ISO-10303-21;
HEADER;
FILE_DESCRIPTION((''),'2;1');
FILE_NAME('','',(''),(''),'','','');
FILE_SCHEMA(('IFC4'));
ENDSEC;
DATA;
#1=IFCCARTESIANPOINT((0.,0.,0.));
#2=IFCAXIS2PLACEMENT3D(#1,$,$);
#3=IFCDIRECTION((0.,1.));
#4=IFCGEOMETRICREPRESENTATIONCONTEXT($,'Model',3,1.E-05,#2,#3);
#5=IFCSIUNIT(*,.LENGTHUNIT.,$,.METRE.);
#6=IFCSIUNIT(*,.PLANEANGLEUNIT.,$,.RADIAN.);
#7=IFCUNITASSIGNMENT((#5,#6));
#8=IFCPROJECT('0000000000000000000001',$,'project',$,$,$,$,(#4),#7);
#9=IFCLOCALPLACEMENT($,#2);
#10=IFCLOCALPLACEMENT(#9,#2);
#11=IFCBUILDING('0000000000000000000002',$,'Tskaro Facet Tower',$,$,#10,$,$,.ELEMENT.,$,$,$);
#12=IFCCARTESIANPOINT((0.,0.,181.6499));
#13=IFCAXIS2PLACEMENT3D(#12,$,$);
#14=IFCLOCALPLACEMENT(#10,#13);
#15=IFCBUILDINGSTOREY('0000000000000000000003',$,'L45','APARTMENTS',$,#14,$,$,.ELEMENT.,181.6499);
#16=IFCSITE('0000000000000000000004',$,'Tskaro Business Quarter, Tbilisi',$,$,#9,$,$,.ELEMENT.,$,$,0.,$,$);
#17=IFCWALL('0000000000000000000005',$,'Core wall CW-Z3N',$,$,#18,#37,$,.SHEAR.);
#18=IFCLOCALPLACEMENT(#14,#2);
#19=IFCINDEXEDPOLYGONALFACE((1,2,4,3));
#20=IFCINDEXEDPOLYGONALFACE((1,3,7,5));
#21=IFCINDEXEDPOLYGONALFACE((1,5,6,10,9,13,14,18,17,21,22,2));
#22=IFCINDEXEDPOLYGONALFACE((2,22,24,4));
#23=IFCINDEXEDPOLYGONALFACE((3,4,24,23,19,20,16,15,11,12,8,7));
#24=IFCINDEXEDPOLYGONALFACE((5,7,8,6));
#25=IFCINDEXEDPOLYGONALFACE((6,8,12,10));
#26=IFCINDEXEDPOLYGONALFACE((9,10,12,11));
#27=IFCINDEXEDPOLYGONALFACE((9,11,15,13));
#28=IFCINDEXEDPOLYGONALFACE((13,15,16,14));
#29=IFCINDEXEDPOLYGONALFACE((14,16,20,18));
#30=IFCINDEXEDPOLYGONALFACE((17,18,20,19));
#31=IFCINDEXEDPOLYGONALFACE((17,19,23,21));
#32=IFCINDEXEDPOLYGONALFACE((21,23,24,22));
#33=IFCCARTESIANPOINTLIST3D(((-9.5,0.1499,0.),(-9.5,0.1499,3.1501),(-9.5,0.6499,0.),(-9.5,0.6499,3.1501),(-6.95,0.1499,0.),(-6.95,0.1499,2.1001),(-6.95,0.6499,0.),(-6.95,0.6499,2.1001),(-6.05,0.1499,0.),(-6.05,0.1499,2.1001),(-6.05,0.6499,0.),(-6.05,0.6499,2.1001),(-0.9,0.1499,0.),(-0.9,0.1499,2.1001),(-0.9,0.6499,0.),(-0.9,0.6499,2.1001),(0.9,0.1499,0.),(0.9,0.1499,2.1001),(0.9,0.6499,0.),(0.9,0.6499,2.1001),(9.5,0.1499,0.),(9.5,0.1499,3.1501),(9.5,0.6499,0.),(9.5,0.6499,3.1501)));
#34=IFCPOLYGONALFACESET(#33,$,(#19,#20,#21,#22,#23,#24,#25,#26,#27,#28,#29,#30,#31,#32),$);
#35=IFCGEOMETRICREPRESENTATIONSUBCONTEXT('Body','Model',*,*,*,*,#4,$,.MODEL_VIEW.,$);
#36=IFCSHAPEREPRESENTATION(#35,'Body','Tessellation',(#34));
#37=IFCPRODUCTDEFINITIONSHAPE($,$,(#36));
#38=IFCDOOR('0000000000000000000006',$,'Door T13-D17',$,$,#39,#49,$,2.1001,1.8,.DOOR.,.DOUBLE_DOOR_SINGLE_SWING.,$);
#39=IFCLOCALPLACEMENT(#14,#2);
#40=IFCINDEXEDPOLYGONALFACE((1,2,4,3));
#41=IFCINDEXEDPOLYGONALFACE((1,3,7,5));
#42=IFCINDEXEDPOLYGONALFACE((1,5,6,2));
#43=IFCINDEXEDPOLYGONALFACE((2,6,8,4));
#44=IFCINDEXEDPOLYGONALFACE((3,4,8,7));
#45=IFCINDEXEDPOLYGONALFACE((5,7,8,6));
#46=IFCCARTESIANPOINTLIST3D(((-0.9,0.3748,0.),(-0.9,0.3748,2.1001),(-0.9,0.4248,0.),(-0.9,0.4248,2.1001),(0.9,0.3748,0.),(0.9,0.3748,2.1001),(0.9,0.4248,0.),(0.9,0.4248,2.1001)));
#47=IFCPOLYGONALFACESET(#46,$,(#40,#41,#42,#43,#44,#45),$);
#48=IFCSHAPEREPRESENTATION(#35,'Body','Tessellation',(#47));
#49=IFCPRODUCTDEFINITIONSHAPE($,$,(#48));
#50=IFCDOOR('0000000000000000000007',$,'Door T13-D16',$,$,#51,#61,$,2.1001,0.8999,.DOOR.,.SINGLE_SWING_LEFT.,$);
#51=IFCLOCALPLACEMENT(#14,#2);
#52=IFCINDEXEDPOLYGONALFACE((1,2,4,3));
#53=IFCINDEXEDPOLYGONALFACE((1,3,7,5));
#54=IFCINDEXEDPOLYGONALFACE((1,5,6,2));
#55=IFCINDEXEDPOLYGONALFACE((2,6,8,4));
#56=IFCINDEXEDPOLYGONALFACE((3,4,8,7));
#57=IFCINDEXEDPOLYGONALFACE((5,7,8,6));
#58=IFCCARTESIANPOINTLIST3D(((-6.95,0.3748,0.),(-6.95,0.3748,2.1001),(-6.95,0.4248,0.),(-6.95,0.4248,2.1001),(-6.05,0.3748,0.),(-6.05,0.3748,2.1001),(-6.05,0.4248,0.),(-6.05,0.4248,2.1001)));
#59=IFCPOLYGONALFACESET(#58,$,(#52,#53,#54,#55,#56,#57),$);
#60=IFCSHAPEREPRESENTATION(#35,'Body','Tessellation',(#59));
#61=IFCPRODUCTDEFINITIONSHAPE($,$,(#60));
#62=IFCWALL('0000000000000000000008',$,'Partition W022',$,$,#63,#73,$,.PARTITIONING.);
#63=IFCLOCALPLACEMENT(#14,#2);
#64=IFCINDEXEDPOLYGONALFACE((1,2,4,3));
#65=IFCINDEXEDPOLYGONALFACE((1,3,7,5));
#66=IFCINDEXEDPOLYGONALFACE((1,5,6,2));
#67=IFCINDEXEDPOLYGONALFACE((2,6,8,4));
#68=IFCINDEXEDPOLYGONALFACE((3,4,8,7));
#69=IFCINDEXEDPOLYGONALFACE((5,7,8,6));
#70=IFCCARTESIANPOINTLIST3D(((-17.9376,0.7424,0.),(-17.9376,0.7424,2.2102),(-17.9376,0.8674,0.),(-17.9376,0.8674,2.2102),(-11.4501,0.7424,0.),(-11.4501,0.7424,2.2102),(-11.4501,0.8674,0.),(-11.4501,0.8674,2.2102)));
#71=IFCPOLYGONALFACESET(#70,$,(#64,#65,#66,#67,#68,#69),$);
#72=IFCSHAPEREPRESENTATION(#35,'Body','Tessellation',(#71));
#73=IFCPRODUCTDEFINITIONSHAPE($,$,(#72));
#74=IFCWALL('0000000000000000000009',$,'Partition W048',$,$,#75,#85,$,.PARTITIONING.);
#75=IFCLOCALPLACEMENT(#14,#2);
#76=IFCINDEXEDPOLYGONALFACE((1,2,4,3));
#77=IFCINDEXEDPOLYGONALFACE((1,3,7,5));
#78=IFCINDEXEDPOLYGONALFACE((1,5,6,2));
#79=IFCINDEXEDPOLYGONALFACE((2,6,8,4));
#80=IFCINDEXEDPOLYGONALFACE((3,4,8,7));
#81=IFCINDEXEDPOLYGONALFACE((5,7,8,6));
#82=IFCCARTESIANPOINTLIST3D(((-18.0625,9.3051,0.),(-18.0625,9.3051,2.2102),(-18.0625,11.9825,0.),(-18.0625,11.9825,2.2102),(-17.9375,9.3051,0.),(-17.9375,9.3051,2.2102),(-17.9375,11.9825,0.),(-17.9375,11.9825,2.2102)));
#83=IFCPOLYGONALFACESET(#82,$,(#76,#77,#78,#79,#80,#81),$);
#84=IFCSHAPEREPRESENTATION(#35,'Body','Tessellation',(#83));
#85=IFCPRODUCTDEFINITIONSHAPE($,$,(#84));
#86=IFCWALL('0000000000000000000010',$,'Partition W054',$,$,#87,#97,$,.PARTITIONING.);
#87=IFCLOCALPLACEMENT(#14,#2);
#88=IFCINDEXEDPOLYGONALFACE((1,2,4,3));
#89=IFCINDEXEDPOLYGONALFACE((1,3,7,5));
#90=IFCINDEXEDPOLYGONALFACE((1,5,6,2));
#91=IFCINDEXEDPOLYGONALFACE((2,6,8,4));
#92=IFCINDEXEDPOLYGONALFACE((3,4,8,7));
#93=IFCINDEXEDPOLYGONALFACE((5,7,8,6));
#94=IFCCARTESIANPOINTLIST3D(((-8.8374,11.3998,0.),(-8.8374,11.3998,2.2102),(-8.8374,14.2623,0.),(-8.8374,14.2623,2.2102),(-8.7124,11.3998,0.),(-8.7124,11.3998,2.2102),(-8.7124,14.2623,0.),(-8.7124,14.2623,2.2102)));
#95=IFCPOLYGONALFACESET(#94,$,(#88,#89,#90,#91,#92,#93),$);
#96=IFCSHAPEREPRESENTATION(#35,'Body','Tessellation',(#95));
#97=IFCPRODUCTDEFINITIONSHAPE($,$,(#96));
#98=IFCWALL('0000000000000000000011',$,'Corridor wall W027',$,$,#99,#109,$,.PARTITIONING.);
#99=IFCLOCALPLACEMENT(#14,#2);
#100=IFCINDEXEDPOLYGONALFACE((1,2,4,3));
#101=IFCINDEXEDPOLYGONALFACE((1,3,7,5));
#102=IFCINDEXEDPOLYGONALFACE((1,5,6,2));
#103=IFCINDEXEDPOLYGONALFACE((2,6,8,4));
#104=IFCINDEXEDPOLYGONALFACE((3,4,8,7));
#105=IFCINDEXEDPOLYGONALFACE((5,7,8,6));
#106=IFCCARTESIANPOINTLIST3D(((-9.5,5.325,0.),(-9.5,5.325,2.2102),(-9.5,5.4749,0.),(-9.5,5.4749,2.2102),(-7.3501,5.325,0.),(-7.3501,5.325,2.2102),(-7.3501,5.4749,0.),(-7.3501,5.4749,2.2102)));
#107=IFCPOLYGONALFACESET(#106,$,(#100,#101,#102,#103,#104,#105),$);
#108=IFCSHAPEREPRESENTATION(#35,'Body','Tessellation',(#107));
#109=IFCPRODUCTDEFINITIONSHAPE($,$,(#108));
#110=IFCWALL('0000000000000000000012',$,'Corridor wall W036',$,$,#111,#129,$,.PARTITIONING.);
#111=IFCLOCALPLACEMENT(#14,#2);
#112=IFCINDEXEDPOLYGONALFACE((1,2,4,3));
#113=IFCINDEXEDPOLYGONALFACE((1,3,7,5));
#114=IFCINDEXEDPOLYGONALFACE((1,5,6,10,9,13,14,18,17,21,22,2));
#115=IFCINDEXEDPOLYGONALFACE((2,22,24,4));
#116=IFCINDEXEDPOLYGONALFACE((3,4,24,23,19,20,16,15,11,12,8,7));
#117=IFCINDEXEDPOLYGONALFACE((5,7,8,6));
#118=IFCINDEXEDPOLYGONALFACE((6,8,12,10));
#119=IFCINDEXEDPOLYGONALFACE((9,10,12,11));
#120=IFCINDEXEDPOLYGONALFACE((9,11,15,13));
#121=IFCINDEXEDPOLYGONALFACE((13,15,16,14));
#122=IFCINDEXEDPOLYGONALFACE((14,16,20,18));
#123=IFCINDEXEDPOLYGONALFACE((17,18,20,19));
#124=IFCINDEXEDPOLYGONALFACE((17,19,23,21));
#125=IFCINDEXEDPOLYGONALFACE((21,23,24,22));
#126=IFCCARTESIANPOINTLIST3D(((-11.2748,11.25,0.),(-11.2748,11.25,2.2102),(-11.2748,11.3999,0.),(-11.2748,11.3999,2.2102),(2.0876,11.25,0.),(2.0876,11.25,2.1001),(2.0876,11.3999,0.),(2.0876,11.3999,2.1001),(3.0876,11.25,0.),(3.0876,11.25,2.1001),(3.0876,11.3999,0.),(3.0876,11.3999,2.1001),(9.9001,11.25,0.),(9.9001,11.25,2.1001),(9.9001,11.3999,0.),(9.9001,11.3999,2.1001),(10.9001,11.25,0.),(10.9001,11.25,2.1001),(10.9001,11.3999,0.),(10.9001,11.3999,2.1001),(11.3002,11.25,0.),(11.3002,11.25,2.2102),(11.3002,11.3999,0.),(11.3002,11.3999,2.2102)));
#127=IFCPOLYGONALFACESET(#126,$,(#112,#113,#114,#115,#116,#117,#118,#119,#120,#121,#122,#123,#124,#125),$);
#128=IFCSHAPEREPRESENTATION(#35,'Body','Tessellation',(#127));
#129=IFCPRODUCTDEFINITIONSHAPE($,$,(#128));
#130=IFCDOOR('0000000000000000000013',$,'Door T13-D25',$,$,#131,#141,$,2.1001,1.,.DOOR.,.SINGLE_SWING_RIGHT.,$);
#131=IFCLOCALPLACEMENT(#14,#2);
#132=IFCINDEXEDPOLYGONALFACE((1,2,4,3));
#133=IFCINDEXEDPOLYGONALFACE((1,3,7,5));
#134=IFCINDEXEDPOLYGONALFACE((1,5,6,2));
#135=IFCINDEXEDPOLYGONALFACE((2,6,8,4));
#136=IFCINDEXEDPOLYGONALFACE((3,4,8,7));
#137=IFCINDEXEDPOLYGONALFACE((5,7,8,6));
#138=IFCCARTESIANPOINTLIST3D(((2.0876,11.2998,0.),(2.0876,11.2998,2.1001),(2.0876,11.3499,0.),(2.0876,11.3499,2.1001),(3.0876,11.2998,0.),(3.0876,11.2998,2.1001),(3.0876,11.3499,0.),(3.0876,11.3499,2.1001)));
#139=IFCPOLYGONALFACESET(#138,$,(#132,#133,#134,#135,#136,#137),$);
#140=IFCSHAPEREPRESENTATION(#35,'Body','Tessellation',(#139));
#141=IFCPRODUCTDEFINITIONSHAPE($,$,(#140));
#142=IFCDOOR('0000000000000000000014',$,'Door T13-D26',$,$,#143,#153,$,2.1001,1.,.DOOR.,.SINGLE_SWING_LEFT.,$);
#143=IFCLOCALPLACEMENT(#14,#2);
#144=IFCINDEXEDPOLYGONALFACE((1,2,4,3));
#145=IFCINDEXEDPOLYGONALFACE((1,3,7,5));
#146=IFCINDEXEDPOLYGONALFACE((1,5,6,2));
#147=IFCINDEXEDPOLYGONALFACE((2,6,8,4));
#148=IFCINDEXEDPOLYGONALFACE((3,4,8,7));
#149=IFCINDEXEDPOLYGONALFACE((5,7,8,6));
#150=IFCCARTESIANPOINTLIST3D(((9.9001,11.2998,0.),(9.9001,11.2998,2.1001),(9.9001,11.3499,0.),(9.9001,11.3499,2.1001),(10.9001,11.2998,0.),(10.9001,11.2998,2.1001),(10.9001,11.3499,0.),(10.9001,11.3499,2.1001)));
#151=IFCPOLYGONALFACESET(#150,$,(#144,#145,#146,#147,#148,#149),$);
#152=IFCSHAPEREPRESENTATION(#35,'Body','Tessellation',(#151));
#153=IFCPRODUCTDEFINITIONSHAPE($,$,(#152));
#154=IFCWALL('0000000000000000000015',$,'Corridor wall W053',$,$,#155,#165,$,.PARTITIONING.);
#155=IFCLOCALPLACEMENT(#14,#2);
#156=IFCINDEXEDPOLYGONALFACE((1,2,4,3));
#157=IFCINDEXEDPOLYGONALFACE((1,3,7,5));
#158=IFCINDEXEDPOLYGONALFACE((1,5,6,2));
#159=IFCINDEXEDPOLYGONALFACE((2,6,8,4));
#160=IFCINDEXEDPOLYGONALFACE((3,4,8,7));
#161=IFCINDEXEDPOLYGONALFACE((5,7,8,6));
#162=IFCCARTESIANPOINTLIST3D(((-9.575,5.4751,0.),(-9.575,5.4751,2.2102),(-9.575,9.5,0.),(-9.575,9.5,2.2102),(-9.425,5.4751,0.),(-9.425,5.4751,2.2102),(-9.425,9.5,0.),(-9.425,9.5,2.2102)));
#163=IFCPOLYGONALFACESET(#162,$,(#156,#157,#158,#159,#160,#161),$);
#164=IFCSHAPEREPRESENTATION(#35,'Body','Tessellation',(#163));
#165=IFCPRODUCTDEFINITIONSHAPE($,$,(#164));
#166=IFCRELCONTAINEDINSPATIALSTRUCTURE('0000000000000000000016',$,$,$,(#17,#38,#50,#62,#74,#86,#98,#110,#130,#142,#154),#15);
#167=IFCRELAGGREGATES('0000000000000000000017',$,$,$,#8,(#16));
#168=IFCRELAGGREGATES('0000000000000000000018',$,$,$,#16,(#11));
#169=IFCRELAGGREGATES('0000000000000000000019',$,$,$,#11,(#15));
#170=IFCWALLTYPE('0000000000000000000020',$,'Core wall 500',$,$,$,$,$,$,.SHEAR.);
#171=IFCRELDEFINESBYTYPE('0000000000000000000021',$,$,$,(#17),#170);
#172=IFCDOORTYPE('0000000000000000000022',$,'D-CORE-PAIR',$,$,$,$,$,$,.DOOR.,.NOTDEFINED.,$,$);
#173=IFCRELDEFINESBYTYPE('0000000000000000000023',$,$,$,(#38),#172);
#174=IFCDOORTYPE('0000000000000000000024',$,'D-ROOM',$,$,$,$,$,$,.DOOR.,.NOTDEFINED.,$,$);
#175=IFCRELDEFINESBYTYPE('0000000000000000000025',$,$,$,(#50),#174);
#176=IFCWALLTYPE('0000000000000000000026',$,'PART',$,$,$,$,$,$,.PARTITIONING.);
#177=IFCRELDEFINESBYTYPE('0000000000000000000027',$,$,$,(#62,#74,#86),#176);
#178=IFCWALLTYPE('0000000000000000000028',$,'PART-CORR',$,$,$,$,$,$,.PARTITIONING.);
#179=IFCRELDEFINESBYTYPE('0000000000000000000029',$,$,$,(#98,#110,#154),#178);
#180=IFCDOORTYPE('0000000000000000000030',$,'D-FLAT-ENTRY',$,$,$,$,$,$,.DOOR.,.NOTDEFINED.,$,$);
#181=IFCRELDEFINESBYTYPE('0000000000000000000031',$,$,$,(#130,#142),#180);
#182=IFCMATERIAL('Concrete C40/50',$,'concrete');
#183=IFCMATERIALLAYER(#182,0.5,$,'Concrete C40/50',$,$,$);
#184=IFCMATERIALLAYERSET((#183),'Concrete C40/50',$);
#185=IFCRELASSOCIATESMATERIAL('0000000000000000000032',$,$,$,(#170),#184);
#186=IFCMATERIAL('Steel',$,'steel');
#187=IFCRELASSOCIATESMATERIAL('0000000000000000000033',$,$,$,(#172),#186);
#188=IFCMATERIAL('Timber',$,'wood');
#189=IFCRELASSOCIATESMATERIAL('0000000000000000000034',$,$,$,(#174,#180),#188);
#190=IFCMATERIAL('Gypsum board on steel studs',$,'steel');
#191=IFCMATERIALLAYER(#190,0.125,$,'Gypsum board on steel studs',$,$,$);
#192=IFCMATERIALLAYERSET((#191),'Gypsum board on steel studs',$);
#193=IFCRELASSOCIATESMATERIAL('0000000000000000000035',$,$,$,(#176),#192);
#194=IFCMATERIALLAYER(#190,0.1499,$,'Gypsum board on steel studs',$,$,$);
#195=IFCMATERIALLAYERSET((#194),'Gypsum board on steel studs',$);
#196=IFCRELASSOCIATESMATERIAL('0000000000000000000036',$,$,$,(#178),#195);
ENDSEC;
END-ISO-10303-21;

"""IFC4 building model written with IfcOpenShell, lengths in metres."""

from ifc_helpers import new_model, si_unit, direction, frame, frame_2d, origin, place, context, subcontext, project, spatial, rectangle, extrude, material, layer, layer_set, type_object, element, fill, save


model = new_model("IFC4")

# Units and contexts
model_context = context("Model", 3, precision=1e-05, world=origin(), true_north=direction((0.0, 1.0)))
body_context = subcontext(model_context, "Body", "Model", "MODEL_VIEW")
ifc_project = project(units=[si_unit("LENGTHUNIT", "METRE"), si_unit("PLANEANGLEUNIT", "RADIAN")], contexts=[model_context])

# Site, building, storey
site_placement = place(None, origin())
site = spatial("IfcSite", under=ifc_project, at=site_placement, Name="Tskaro Business Quarter, Tbilisi", CompositionType="ELEMENT", RefElevation=0.0)
building_placement = place(site_placement, origin())
building = spatial("IfcBuilding", under=site, at=building_placement, Name="Tskaro Facet Tower", CompositionType="ELEMENT")
storey_placement = place(building_placement, frame((0.0, 0.0, 181.6499)))
storey = spatial("IfcBuildingStorey", under=building, at=storey_placement, Name="L45", Description="APARTMENTS", CompositionType="ELEMENT", Elevation=181.6499)

# Wall, openings, doors
ifc_material_1 = material(Name="Concrete C40/50", Category="concrete")
ifc_layer_1 = layer(ifc_material_1, 0.5, Name="Concrete C40/50")
ifc_layer_set_1 = layer_set([ifc_layer_1], Name="Concrete C40/50")
wall_type_1 = type_object("IfcWallType", Name="Core wall 500", PredefinedType="SHEAR", material=ifc_layer_set_1)
wall_1_placement = place(storey_placement, frame((-9.5, 0.3999, 0.0), z_axis=(0.0, 0.0, 1.0), x_axis=(1.0, 0.0, 0.0)))
wall_1 = element("IfcWall", 1, at=wall_1_placement, inside=storey, type_object=wall_type_1, Name="Core wall CW-Z3N", PredefinedType="SHEAR", context=body_context, shape_type="SweptSolid", body=[
    extrude(rectangle(XDim=19.0, YDim=0.5, at=frame_2d((9.5, 0.0))), origin(), (0.0, 0.0, 1.0), 3.1501),
])
opening_1_placement = place(wall_1_placement, frame((8.6001, 0.0, 0.0)))
opening_1 = element("IfcOpeningElement", 2, at=opening_1_placement, cuts=wall_1, PredefinedType="OPENING", context=body_context, shape_type="SweptSolid", body=[
    extrude(rectangle(XDim=1.8, YDim=2.1001, at=frame_2d((0.8999, 1.05))), frame((0.0, 0.26, 0.0), z_axis=(0.0, -1.0, 0.0), x_axis=(1.0, 0.0, 0.0)), (0.0, 0.0, 1.0), 0.52),
])
opening_2_placement = place(wall_1_placement, frame((2.55, 0.0, 0.0)))
opening_2 = element("IfcOpeningElement", 3, at=opening_2_placement, cuts=wall_1, PredefinedType="OPENING", context=body_context, shape_type="SweptSolid", body=[
    extrude(rectangle(XDim=0.8999, YDim=2.1001, at=frame_2d((0.45, 1.05))), frame((0.0, 0.26, 0.0), z_axis=(0.0, -1.0, 0.0), x_axis=(1.0, 0.0, 0.0)), (0.0, 0.0, 1.0), 0.52),
])
ifc_material_2 = material(Name="Steel", Category="steel")
door_type_1 = type_object("IfcDoorType", Name="D-CORE-PAIR", OperationType="NOTDEFINED", PredefinedType="DOOR", material=ifc_material_2)
door_1_placement = place(opening_1_placement, origin())
door_1 = element("IfcDoor", 4, at=door_1_placement, inside=storey, type_object=door_type_1, Name="Door T13-D17", OperationType="DOUBLE_DOOR_SINGLE_SWING", OverallHeight=2.1001, OverallWidth=1.8, PredefinedType="DOOR", context=body_context, shape_type="SweptSolid", body=[
    extrude(rectangle(XDim=1.8, YDim=2.1001, at=frame_2d((0.8999, 1.05))), frame((0.0, 0.0249, 0.0), z_axis=(0.0, -1.0, 0.0), x_axis=(1.0, 0.0, 0.0)), (0.0, 0.0, 1.0), 0.05),
])
fill(opening_1, door_1)
ifc_material_3 = material(Name="Timber", Category="wood")
door_type_2 = type_object("IfcDoorType", Name="D-ROOM", OperationType="NOTDEFINED", PredefinedType="DOOR", material=ifc_material_3)
door_2_placement = place(opening_2_placement, origin())
door_2 = element("IfcDoor", 5, at=door_2_placement, inside=storey, type_object=door_type_2, Name="Door T13-D16", OperationType="SINGLE_SWING_LEFT", OverallHeight=2.1001, OverallWidth=0.8999, PredefinedType="DOOR", context=body_context, shape_type="SweptSolid", body=[
    extrude(rectangle(XDim=0.8999, YDim=2.1001, at=frame_2d((0.45, 1.05))), frame((0.0, 0.0249, 0.0), z_axis=(0.0, -1.0, 0.0), x_axis=(1.0, 0.0, 0.0)), (0.0, 0.0, 1.0), 0.05),
])
fill(opening_2, door_2)

# Walls
ifc_material_4 = material(Name="Gypsum board on steel studs", Category="steel")
ifc_layer_2 = layer(ifc_material_4, 0.125, Name="Gypsum board on steel studs")
ifc_layer_set_2 = layer_set([ifc_layer_2], Name="Gypsum board on steel studs")
wall_type_2 = type_object("IfcWallType", Name="PART", PredefinedType="PARTITIONING", material=ifc_layer_set_2)
wall_2_placement = place(storey_placement, frame((-17.9375, 0.8049, 0.0), z_axis=(0.0, 0.0, 1.0), x_axis=(1.0, 0.0, 0.0)))
element("IfcWall", 6, at=wall_2_placement, inside=storey, type_object=wall_type_2, Name="Partition W022", PredefinedType="PARTITIONING", context=body_context, shape_type="SweptSolid", body=[
    extrude(rectangle(XDim=6.4875, YDim=0.125, at=frame_2d((3.2437, 0.0))), origin(), (0.0, 0.0, 1.0), 2.2102),
])
wall_3_placement = place(storey_placement, frame((-18.0, 9.3049, 0.0), z_axis=(0.0, 0.0, 1.0), x_axis=(0.0, 1.0, 0.0)))
element("IfcWall", 7, at=wall_3_placement, inside=storey, type_object=wall_type_2, Name="Partition W048", PredefinedType="PARTITIONING", context=body_context, shape_type="SweptSolid", body=[
    extrude(rectangle(XDim=2.6775, YDim=0.125, at=frame_2d((1.3389, 0.0))), origin(), (0.0, 0.0, 1.0), 2.2102),
])
wall_4_placement = place(storey_placement, frame((-8.7749, 11.3999, 0.0), z_axis=(0.0, 0.0, 1.0), x_axis=(0.0, 1.0, 0.0)))
element("IfcWall", 8, at=wall_4_placement, inside=storey, type_object=wall_type_2, Name="Partition W054", PredefinedType="PARTITIONING", context=body_context, shape_type="SweptSolid", body=[
    extrude(rectangle(XDim=2.8625, YDim=0.125, at=frame_2d((1.4312, 0.0))), origin(), (0.0, 0.0, 1.0), 2.2102),
])
ifc_layer_3 = layer(ifc_material_4, 0.1499, Name="Gypsum board on steel studs")
ifc_layer_set_3 = layer_set([ifc_layer_3], Name="Gypsum board on steel studs")
wall_type_3 = type_object("IfcWallType", Name="PART-CORR", PredefinedType="PARTITIONING", material=ifc_layer_set_3)
wall_5_placement = place(storey_placement, frame((-9.5, 5.3999, 0.0), z_axis=(0.0, 0.0, 1.0), x_axis=(1.0, 0.0, 0.0)))
element("IfcWall", 9, at=wall_5_placement, inside=storey, type_object=wall_type_3, Name="Corridor wall W027", PredefinedType="PARTITIONING", context=body_context, shape_type="SweptSolid", body=[
    extrude(rectangle(XDim=2.1499, YDim=0.1499, at=frame_2d((1.075, 0.0))), origin(), (0.0, 0.0, 1.0), 2.2102),
])

# Wall, openings, doors
wall_6_placement = place(storey_placement, frame((-11.2749, 11.325, 0.0), z_axis=(0.0, 0.0, 1.0), x_axis=(1.0, 0.0, 0.0)))
wall_6 = element("IfcWall", 10, at=wall_6_placement, inside=storey, type_object=wall_type_3, Name="Corridor wall W036", PredefinedType="PARTITIONING", context=body_context, shape_type="SweptSolid", body=[
    extrude(rectangle(XDim=22.575, YDim=0.1499, at=frame_2d((11.2876, 0.0))), origin(), (0.0, 0.0, 1.0), 2.2102),
])
opening_3_placement = place(wall_6_placement, frame((13.3625, 0.0, 0.0)))
opening_3 = element("IfcOpeningElement", 11, at=opening_3_placement, cuts=wall_6, PredefinedType="OPENING", context=body_context, shape_type="SweptSolid", body=[
    extrude(rectangle(XDim=1.0, YDim=2.1001, at=frame_2d((0.5, 1.05))), frame((0.0, 0.085, 0.0), z_axis=(0.0, -1.0, 0.0), x_axis=(1.0, 0.0, 0.0)), (0.0, 0.0, 1.0), 0.1699),
])
opening_4_placement = place(wall_6_placement, frame((21.175, 0.0, 0.0)))
opening_4 = element("IfcOpeningElement", 12, at=opening_4_placement, cuts=wall_6, PredefinedType="OPENING", context=body_context, shape_type="SweptSolid", body=[
    extrude(rectangle(XDim=1.0, YDim=2.1001, at=frame_2d((0.5, 1.05))), frame((0.0, 0.085, 0.0), z_axis=(0.0, -1.0, 0.0), x_axis=(1.0, 0.0, 0.0)), (0.0, 0.0, 1.0), 0.1699),
])
door_type_3 = type_object("IfcDoorType", Name="D-FLAT-ENTRY", OperationType="NOTDEFINED", PredefinedType="DOOR", material=ifc_material_3)
door_3_placement = place(opening_3_placement, origin())
door_3 = element("IfcDoor", 13, at=door_3_placement, inside=storey, type_object=door_type_3, Name="Door T13-D25", OperationType="SINGLE_SWING_RIGHT", OverallHeight=2.1001, OverallWidth=1.0, PredefinedType="DOOR", context=body_context, shape_type="SweptSolid", body=[
    extrude(rectangle(XDim=1.0, YDim=2.1001, at=frame_2d((0.5, 1.05))), frame((0.0, 0.0249, 0.0), z_axis=(0.0, -1.0, 0.0), x_axis=(1.0, 0.0, 0.0)), (0.0, 0.0, 1.0), 0.05),
])
fill(opening_3, door_3)
door_4_placement = place(opening_4_placement, origin())
door_4 = element("IfcDoor", 14, at=door_4_placement, inside=storey, type_object=door_type_3, Name="Door T13-D26", OperationType="SINGLE_SWING_LEFT", OverallHeight=2.1001, OverallWidth=1.0, PredefinedType="DOOR", context=body_context, shape_type="SweptSolid", body=[
    extrude(rectangle(XDim=1.0, YDim=2.1001, at=frame_2d((0.5, 1.05))), frame((0.0, 0.0249, 0.0), z_axis=(0.0, -1.0, 0.0), x_axis=(1.0, 0.0, 0.0)), (0.0, 0.0, 1.0), 0.05),
])
fill(opening_4, door_4)

# Wall
wall_7_placement = place(storey_placement, frame((-9.5, 5.4751, 0.0), z_axis=(0.0, 0.0, 1.0), x_axis=(0.0, 1.0, 0.0)))
element("IfcWall", 15, at=wall_7_placement, inside=storey, type_object=wall_type_3, Name="Corridor wall W053", PredefinedType="PARTITIONING", context=body_context, shape_type="SweptSolid", body=[
    extrude(rectangle(XDim=4.0249, YDim=0.1499, at=frame_2d((2.0125, 0.0))), origin(), (0.0, 0.0, 1.0), 2.2102),
])

save(model, "model.ifc")
